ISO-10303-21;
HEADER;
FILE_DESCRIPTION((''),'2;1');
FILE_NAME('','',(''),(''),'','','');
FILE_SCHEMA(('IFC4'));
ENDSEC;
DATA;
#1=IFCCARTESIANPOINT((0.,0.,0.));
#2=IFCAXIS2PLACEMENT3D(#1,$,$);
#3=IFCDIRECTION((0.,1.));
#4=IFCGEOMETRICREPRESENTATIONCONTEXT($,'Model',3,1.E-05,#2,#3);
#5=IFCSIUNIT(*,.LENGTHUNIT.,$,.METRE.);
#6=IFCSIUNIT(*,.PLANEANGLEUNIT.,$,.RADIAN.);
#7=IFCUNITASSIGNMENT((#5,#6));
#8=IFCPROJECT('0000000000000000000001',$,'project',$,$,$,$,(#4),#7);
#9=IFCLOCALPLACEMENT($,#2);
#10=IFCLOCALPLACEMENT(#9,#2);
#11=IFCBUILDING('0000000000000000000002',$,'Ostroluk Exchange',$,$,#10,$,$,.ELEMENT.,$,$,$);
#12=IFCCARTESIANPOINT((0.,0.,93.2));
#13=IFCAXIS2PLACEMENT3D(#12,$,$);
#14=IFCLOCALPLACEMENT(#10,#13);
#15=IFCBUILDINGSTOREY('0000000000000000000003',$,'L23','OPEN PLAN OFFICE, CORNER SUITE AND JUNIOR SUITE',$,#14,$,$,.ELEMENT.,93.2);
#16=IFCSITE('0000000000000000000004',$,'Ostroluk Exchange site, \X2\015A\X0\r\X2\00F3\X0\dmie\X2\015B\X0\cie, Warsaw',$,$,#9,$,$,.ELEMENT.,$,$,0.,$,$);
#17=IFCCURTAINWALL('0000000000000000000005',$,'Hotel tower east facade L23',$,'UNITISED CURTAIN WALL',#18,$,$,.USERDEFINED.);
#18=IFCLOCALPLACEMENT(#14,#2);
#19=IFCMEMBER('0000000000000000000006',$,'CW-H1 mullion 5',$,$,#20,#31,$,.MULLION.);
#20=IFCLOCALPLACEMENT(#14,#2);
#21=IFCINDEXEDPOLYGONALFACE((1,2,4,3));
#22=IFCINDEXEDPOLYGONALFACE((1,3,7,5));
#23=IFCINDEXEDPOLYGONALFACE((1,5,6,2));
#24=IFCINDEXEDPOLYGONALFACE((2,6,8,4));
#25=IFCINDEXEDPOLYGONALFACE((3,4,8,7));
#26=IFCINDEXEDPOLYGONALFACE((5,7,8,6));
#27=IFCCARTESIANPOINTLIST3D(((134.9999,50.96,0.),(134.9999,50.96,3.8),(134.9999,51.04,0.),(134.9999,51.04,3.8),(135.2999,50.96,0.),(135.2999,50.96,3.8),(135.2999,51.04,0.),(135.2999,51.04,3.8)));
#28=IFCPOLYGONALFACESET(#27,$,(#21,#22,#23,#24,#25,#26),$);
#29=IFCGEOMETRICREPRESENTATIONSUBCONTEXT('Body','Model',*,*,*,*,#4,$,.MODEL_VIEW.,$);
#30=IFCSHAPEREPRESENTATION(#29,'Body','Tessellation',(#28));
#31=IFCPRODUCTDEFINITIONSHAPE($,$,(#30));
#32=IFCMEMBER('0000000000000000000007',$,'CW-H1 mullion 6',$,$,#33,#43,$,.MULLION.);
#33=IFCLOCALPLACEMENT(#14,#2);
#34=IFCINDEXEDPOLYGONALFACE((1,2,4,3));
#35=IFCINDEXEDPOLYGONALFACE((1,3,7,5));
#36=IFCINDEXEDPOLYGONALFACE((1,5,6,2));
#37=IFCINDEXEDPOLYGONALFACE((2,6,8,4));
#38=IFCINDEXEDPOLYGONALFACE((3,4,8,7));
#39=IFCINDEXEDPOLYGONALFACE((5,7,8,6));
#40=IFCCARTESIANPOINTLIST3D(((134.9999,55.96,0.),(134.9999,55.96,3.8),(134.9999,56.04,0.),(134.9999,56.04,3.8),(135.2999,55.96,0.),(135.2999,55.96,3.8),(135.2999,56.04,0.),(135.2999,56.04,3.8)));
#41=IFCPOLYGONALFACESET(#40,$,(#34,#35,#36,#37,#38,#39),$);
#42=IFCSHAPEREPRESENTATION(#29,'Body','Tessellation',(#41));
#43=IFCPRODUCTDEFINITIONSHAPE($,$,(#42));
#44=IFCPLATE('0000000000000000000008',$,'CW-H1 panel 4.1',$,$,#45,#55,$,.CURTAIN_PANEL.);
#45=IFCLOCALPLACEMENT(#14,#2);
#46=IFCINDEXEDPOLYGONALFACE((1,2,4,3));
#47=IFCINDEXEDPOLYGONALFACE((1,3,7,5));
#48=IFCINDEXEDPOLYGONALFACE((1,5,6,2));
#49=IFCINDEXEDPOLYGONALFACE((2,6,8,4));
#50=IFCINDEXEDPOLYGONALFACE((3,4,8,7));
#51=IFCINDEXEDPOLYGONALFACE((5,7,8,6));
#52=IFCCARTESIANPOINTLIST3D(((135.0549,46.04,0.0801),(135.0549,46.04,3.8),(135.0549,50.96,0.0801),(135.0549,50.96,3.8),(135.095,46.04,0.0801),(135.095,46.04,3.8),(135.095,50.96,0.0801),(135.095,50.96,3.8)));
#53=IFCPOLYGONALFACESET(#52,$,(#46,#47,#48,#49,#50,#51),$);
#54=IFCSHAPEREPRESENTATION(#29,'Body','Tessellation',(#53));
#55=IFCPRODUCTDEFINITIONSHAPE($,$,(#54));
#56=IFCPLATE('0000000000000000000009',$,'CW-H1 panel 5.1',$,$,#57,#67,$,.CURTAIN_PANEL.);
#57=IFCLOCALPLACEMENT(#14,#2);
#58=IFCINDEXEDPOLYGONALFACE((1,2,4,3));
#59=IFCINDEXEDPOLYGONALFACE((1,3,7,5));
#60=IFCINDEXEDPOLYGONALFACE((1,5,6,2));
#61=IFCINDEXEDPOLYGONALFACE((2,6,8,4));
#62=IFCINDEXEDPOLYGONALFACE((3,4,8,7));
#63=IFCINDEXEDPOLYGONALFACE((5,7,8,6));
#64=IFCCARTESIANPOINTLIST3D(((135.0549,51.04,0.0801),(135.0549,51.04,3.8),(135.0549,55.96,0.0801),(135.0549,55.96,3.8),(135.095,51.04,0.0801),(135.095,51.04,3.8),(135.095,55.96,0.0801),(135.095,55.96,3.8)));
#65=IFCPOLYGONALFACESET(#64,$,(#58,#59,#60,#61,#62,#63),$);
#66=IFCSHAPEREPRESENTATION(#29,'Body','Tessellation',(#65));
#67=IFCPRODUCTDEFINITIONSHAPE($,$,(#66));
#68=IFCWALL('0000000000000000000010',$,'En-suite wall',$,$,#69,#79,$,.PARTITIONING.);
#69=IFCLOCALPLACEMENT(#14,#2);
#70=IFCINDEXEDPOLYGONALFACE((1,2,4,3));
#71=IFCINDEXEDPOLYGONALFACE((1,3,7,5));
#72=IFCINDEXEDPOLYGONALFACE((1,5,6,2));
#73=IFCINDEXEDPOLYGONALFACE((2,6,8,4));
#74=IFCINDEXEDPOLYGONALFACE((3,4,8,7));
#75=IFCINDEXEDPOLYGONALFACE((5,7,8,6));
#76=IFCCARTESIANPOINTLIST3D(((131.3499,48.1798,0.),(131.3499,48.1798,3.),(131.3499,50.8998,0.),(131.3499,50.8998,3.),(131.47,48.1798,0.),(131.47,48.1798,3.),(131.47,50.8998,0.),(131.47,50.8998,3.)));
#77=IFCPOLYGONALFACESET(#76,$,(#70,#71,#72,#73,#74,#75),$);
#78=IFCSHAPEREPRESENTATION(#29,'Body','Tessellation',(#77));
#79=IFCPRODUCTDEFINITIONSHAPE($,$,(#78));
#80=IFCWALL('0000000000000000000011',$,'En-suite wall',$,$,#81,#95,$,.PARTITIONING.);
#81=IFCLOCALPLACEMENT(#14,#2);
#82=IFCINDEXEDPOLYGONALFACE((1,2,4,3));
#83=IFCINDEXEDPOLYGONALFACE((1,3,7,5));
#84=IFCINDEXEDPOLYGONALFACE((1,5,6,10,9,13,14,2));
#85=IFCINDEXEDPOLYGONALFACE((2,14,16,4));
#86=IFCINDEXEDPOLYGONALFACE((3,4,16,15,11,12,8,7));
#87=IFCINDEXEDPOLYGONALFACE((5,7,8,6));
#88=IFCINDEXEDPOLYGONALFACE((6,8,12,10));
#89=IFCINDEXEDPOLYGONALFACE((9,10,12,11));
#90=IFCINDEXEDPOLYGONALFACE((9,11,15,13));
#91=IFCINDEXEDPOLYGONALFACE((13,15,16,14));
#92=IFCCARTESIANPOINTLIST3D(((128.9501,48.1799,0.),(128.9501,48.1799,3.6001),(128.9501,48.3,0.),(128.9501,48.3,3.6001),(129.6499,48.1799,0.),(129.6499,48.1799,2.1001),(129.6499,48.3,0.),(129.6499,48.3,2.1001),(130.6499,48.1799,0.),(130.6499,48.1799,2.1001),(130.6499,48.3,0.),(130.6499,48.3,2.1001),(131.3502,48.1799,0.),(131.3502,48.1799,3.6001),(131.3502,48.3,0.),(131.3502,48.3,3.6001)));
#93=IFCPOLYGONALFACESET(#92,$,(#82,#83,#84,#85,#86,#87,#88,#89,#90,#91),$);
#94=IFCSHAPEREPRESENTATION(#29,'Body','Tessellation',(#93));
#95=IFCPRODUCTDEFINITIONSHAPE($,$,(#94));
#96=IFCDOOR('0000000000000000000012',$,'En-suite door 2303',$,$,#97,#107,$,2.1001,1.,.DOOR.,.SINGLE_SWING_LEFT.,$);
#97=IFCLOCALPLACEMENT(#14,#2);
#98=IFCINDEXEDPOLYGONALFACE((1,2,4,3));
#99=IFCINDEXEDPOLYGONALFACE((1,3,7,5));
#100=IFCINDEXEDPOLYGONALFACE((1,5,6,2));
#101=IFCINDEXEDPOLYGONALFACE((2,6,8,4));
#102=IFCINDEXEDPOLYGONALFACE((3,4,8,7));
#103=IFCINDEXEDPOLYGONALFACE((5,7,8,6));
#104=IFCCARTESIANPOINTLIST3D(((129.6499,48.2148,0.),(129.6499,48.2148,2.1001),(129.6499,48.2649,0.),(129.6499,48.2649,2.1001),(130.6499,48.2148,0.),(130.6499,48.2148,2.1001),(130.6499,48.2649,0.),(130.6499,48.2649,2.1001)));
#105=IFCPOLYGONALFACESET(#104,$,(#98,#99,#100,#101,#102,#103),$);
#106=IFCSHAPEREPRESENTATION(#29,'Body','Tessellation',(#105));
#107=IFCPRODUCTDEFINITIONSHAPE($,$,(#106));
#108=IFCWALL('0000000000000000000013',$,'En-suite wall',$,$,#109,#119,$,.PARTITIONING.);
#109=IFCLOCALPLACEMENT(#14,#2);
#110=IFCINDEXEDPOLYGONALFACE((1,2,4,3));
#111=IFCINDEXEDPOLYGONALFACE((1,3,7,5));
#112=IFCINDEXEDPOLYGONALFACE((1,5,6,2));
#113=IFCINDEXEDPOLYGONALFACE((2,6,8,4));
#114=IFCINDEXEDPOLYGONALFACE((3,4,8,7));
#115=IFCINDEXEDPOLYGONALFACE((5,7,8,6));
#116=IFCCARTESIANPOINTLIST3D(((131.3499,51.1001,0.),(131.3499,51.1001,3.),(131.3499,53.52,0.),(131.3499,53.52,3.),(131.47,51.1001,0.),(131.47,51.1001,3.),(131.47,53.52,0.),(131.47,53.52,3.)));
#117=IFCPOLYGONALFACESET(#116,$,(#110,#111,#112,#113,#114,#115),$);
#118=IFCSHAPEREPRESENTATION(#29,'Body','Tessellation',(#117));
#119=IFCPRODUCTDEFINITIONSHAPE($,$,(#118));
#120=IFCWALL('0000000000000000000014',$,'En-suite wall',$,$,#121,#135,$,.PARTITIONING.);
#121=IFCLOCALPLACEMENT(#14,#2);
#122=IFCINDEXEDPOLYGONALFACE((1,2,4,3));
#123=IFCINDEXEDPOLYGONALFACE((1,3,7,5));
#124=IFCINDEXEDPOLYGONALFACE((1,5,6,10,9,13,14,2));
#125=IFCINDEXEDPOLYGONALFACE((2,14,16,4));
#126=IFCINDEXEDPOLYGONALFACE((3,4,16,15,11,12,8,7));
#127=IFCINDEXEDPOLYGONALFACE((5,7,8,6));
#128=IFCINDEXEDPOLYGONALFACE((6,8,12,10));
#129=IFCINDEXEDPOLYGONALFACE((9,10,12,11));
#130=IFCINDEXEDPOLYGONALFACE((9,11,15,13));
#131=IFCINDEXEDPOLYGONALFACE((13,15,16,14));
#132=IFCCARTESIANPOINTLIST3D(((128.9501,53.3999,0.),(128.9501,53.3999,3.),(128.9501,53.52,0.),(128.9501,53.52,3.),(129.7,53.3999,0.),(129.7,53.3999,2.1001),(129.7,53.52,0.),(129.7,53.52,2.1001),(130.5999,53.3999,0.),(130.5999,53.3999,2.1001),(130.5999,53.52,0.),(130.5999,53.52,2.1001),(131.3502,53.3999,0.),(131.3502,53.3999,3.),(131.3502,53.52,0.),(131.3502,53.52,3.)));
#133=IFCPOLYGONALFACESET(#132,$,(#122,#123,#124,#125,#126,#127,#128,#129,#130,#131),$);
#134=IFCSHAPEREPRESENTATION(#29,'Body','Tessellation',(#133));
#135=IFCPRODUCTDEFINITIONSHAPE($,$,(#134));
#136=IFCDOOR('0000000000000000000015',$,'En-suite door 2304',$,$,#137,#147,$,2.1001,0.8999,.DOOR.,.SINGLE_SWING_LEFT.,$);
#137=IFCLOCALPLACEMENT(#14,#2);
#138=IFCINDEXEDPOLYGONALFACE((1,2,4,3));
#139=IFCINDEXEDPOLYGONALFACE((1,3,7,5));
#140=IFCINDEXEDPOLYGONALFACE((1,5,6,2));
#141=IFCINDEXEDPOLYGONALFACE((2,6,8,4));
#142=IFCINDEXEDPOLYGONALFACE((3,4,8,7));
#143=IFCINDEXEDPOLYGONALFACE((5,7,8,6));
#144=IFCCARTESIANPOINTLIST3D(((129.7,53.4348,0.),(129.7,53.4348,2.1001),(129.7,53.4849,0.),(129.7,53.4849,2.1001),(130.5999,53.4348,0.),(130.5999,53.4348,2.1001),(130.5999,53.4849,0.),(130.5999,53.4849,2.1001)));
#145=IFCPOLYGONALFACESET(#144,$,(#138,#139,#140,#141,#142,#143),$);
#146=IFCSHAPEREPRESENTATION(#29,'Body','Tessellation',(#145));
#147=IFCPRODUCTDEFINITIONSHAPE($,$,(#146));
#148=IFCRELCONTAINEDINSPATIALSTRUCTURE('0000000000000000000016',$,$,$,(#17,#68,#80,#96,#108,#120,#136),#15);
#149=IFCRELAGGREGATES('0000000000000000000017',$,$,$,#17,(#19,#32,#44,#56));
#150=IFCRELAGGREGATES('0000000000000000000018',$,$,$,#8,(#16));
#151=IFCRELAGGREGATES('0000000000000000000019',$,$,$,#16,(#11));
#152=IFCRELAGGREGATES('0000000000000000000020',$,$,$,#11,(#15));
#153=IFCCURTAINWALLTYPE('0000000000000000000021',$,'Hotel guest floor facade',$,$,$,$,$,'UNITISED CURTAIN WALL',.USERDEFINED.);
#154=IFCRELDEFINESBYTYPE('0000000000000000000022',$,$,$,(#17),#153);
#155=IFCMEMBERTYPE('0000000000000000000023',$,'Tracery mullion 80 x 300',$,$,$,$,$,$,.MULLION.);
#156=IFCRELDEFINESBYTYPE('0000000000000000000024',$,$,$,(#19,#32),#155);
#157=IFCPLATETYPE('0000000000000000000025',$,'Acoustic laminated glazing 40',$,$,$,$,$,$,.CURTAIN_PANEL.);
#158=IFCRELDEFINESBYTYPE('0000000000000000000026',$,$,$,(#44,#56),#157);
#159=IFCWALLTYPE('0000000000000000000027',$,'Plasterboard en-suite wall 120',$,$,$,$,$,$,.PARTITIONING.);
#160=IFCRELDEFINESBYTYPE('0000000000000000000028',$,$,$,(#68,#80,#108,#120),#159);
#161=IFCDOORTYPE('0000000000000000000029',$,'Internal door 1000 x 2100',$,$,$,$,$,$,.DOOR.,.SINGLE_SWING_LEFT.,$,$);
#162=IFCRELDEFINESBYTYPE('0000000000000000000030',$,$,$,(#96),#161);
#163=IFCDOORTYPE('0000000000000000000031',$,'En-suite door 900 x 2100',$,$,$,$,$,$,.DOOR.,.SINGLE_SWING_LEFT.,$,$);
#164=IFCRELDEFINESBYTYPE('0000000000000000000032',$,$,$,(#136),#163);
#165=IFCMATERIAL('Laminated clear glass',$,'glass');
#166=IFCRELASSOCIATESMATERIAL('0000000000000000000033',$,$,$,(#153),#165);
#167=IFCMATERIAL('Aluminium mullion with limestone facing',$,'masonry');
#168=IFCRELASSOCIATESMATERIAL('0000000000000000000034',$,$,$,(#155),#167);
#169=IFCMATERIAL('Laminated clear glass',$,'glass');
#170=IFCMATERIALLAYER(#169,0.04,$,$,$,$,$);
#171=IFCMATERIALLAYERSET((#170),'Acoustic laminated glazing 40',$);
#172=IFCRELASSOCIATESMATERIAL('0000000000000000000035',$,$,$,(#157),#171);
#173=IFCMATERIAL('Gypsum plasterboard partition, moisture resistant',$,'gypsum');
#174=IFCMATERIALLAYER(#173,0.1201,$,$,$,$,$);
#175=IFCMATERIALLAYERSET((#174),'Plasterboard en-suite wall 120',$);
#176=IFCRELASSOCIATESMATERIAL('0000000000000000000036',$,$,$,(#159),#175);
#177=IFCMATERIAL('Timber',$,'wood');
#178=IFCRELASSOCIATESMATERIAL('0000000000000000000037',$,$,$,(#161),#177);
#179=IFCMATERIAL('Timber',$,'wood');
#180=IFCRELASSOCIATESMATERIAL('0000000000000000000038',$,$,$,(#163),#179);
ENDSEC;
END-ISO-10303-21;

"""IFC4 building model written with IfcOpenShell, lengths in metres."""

from ifc_helpers import new_model, si_unit, direction, frame, frame_2d, origin, origin_2d, place, context, subcontext, project, spatial, rectangle, extrude, material, layer, layer_set, material_profile, profile_set, type_object, element, fill, aggregate, save


model = new_model("IFC4")

# Units and contexts
model_context = context("Model", 3, precision=1e-05, world=origin(), true_north=direction((0.0, 1.0)))
body_context = subcontext(model_context, "Body", "Model", "MODEL_VIEW")
ifc_project = project(units=[si_unit("LENGTHUNIT", "METRE"), si_unit("PLANEANGLEUNIT", "RADIAN")], contexts=[model_context])

# Site, building, storey
site_placement = place(None, origin())
site = spatial("IfcSite", under=ifc_project, at=site_placement, Name="Ostroluk Exchange site, Śródmieście, Warsaw", CompositionType="ELEMENT", RefElevation=0.0)
building_placement = place(site_placement, origin())
building = spatial("IfcBuilding", under=site, at=building_placement, Name="Ostroluk Exchange", CompositionType="ELEMENT")
storey_placement = place(building_placement, frame((0.0, 0.0, 93.2)))
storey = spatial("IfcBuildingStorey", under=building, at=storey_placement, Name="L23", Description="OPEN PLAN OFFICE, CORNER SUITE AND JUNIOR SUITE", CompositionType="ELEMENT", Elevation=93.2)

# Curtain wall, members, plates
ifc_material_1 = material(Name="Laminated clear glass", Category="glass")
curtain_wall_type = type_object("IfcCurtainWallType", Name="Hotel guest floor facade", ElementType="UNITISED CURTAIN WALL", PredefinedType="USERDEFINED", material=ifc_material_1)
curtain_wall_placement = place(storey_placement, origin())
curtain_wall = element("IfcCurtainWall", 1, at=curtain_wall_placement, inside=storey, type_object=curtain_wall_type, Name="Hotel tower east facade L23", ObjectType="UNITISED CURTAIN WALL", PredefinedType="USERDEFINED")
ifc_material_2 = material(Name="Aluminium mullion with limestone facing", Category="masonry")
ifc_material_profile_1 = material_profile(ifc_material_2, rectangle(XDim=0.3, YDim=0.0801, at=origin_2d()), Name="Tracery mullion 80 x 300")
ifc_profile_set_1 = profile_set([ifc_material_profile_1], Name="Aluminium mullion with limestone facing")
member_type_1 = type_object("IfcMemberType", Name="Tracery mullion 80 x 300", PredefinedType="MULLION", material=ifc_profile_set_1)
member_1_placement = place(storey_placement, frame((135.1499, 51.0, 0.0), z_axis=(0.0, 0.0, 1.0), x_axis=(-1.0, 0.0, 0.0)))
member_1 = element("IfcMember", 2, at=member_1_placement, type_object=member_type_1, Name="CW-H1 mullion 5", PredefinedType="MULLION", context=body_context, shape_type="SweptSolid", body=[
    extrude(rectangle(XDim=0.3, YDim=0.0801, at=origin_2d()), origin(), (0.0, 0.0, 1.0), 3.8),
])
member_2_placement = place(storey_placement, frame((135.1499, 56.0, 0.0), z_axis=(0.0, 0.0, 1.0), x_axis=(-1.0, 0.0, 0.0)))
member_2 = element("IfcMember", 3, at=member_2_placement, type_object=member_type_1, Name="CW-H1 mullion 6", PredefinedType="MULLION", context=body_context, shape_type="SweptSolid", body=[
    extrude(rectangle(XDim=0.3, YDim=0.0801, at=origin_2d()), origin(), (0.0, 0.0, 1.0), 3.8),
])
ifc_material_3 = material(Name="Laminated clear glass", Category="glass")
ifc_layer_1 = layer(ifc_material_3, 0.04)
ifc_layer_set_1 = layer_set([ifc_layer_1], Name="Acoustic laminated glazing 40")
plate_type = type_object("IfcPlateType", Name="Acoustic laminated glazing 40", PredefinedType="CURTAIN_PANEL", material=ifc_layer_set_1)
plate_1_placement = place(storey_placement, frame((135.075, 48.5, 0.0801), z_axis=(0.0, 0.0, 1.0), x_axis=(0.0, 1.0, 0.0)))
plate_1 = element("IfcPlate", 4, at=plate_1_placement, type_object=plate_type, Name="CW-H1 panel 4.1", PredefinedType="CURTAIN_PANEL", context=body_context, shape_type="SweptSolid", body=[
    extrude(rectangle(XDim=4.9199, YDim=0.04, at=origin_2d()), origin(), (0.0, 0.0, 1.0), 3.72),
])
plate_2_placement = place(storey_placement, frame((135.075, 53.5, 0.0801), z_axis=(0.0, 0.0, 1.0), x_axis=(0.0, 1.0, 0.0)))
plate_2 = element("IfcPlate", 5, at=plate_2_placement, type_object=plate_type, Name="CW-H1 panel 5.1", PredefinedType="CURTAIN_PANEL", context=body_context, shape_type="SweptSolid", body=[
    extrude(rectangle(XDim=4.9199, YDim=0.04, at=origin_2d()), origin(), (0.0, 0.0, 1.0), 3.72),
])
aggregate(curtain_wall, [member_1, member_2, plate_1, plate_2])

# Wall
ifc_material_4 = material(Name="Gypsum plasterboard partition, moisture resistant", Category="gypsum")
ifc_layer_2 = layer(ifc_material_4, 0.1201)
ifc_layer_set_2 = layer_set([ifc_layer_2], Name="Plasterboard en-suite wall 120")
wall_type_1 = type_object("IfcWallType", Name="Plasterboard en-suite wall 120", PredefinedType="PARTITIONING", material=ifc_layer_set_2)
wall_1_placement = place(storey_placement, frame((131.4099, 48.1799, 0.0), z_axis=(0.0, 0.0, 1.0), x_axis=(0.0, 1.0, 0.0)))
element("IfcWall", 6, at=wall_1_placement, inside=storey, type_object=wall_type_1, Name="En-suite wall", PredefinedType="PARTITIONING", context=body_context, shape_type="SweptSolid", body=[
    extrude(rectangle(XDim=2.72, YDim=0.1201, at=frame_2d((1.3599, 0.0))), origin(), (0.0, 0.0, 1.0), 3.0),
])

# Wall, opening, door
wall_2_placement = place(storey_placement, frame((128.95, 48.24, 0.0), z_axis=(0.0, 0.0, 1.0), x_axis=(1.0, 0.0, 0.0)))
wall_2 = element("IfcWall", 7, at=wall_2_placement, inside=storey, type_object=wall_type_1, Name="En-suite wall", PredefinedType="PARTITIONING", context=body_context, shape_type="SweptSolid", body=[
    extrude(rectangle(XDim=2.4001, YDim=0.1201, at=frame_2d((1.2002, 0.0))), origin(), (0.0, 0.0, 1.0), 3.6001),
])
opening_1_placement = place(wall_2_placement, frame((0.7, 0.0, 0.0)))
opening_1 = element("IfcOpeningElement", 8, at=opening_1_placement, cuts=wall_2, PredefinedType="OPENING", context=body_context, shape_type="SweptSolid", body=[
    extrude(rectangle(XDim=1.0, YDim=2.1001, at=frame_2d((0.5, 1.05))), frame((0.0, 0.0701, 0.0), z_axis=(0.0, -1.0, 0.0), x_axis=(1.0, 0.0, 0.0)), (0.0, 0.0, 1.0), 0.1401),
])
ifc_material_5 = material(Name="Timber", Category="wood")
door_type_1 = type_object("IfcDoorType", Name="Internal door 1000 x 2100", OperationType="SINGLE_SWING_LEFT", PredefinedType="DOOR", material=ifc_material_5)
door_1_placement = place(opening_1_placement, origin())
door_1 = element("IfcDoor", 9, at=door_1_placement, inside=storey, type_object=door_type_1, Name="En-suite door 2303", OperationType="SINGLE_SWING_LEFT", OverallHeight=2.1001, OverallWidth=1.0, PredefinedType="DOOR", context=body_context, shape_type="SweptSolid", body=[
    extrude(rectangle(XDim=1.0, YDim=2.1001, at=frame_2d((0.5, 1.05))), frame((0.0, 0.0249, 0.0), z_axis=(0.0, -1.0, 0.0), x_axis=(1.0, 0.0, 0.0)), (0.0, 0.0, 1.0), 0.05),
])
fill(opening_1, door_1)

# Wall
wall_3_placement = place(storey_placement, frame((131.4099, 51.1001, 0.0), z_axis=(0.0, 0.0, 1.0), x_axis=(0.0, 1.0, 0.0)))
element("IfcWall", 10, at=wall_3_placement, inside=storey, type_object=wall_type_1, Name="En-suite wall", PredefinedType="PARTITIONING", context=body_context, shape_type="SweptSolid", body=[
    extrude(rectangle(XDim=2.4199, YDim=0.1201, at=frame_2d((1.21, 0.0))), origin(), (0.0, 0.0, 1.0), 3.0),
])

# Wall, opening, door
wall_4_placement = place(storey_placement, frame((128.95, 53.46, 0.0), z_axis=(0.0, 0.0, 1.0), x_axis=(1.0, 0.0, 0.0)))
wall_4 = element("IfcWall", 11, at=wall_4_placement, inside=storey, type_object=wall_type_1, Name="En-suite wall", PredefinedType="PARTITIONING", context=body_context, shape_type="SweptSolid", body=[
    extrude(rectangle(XDim=2.4001, YDim=0.1201, at=frame_2d((1.2002, 0.0))), origin(), (0.0, 0.0, 1.0), 3.0),
])
opening_2_placement = place(wall_4_placement, frame((0.75, 0.0, 0.0)))
opening_2 = element("IfcOpeningElement", 12, at=opening_2_placement, cuts=wall_4, PredefinedType="OPENING", context=body_context, shape_type="SweptSolid", body=[
    extrude(rectangle(XDim=0.8999, YDim=2.1001, at=frame_2d((0.45, 1.05))), frame((0.0, 0.0701, 0.0), z_axis=(0.0, -1.0, 0.0), x_axis=(1.0, 0.0, 0.0)), (0.0, 0.0, 1.0), 0.1401),
])
ifc_material_6 = material(Name="Timber", Category="wood")
door_type_2 = type_object("IfcDoorType", Name="En-suite door 900 x 2100", OperationType="SINGLE_SWING_LEFT", PredefinedType="DOOR", material=ifc_material_6)
door_2_placement = place(opening_2_placement, origin())
door_2 = element("IfcDoor", 13, at=door_2_placement, inside=storey, type_object=door_type_2, Name="En-suite door 2304", OperationType="SINGLE_SWING_LEFT", OverallHeight=2.1001, OverallWidth=0.8999, PredefinedType="DOOR", context=body_context, shape_type="SweptSolid", body=[
    extrude(rectangle(XDim=0.8999, YDim=2.1001, at=frame_2d((0.45, 1.05))), frame((0.0, 0.0249, 0.0), z_axis=(0.0, -1.0, 0.0), x_axis=(1.0, 0.0, 0.0)), (0.0, 0.0, 1.0), 0.05),
])
fill(opening_2, door_2)

save(model, "model.ifc")
